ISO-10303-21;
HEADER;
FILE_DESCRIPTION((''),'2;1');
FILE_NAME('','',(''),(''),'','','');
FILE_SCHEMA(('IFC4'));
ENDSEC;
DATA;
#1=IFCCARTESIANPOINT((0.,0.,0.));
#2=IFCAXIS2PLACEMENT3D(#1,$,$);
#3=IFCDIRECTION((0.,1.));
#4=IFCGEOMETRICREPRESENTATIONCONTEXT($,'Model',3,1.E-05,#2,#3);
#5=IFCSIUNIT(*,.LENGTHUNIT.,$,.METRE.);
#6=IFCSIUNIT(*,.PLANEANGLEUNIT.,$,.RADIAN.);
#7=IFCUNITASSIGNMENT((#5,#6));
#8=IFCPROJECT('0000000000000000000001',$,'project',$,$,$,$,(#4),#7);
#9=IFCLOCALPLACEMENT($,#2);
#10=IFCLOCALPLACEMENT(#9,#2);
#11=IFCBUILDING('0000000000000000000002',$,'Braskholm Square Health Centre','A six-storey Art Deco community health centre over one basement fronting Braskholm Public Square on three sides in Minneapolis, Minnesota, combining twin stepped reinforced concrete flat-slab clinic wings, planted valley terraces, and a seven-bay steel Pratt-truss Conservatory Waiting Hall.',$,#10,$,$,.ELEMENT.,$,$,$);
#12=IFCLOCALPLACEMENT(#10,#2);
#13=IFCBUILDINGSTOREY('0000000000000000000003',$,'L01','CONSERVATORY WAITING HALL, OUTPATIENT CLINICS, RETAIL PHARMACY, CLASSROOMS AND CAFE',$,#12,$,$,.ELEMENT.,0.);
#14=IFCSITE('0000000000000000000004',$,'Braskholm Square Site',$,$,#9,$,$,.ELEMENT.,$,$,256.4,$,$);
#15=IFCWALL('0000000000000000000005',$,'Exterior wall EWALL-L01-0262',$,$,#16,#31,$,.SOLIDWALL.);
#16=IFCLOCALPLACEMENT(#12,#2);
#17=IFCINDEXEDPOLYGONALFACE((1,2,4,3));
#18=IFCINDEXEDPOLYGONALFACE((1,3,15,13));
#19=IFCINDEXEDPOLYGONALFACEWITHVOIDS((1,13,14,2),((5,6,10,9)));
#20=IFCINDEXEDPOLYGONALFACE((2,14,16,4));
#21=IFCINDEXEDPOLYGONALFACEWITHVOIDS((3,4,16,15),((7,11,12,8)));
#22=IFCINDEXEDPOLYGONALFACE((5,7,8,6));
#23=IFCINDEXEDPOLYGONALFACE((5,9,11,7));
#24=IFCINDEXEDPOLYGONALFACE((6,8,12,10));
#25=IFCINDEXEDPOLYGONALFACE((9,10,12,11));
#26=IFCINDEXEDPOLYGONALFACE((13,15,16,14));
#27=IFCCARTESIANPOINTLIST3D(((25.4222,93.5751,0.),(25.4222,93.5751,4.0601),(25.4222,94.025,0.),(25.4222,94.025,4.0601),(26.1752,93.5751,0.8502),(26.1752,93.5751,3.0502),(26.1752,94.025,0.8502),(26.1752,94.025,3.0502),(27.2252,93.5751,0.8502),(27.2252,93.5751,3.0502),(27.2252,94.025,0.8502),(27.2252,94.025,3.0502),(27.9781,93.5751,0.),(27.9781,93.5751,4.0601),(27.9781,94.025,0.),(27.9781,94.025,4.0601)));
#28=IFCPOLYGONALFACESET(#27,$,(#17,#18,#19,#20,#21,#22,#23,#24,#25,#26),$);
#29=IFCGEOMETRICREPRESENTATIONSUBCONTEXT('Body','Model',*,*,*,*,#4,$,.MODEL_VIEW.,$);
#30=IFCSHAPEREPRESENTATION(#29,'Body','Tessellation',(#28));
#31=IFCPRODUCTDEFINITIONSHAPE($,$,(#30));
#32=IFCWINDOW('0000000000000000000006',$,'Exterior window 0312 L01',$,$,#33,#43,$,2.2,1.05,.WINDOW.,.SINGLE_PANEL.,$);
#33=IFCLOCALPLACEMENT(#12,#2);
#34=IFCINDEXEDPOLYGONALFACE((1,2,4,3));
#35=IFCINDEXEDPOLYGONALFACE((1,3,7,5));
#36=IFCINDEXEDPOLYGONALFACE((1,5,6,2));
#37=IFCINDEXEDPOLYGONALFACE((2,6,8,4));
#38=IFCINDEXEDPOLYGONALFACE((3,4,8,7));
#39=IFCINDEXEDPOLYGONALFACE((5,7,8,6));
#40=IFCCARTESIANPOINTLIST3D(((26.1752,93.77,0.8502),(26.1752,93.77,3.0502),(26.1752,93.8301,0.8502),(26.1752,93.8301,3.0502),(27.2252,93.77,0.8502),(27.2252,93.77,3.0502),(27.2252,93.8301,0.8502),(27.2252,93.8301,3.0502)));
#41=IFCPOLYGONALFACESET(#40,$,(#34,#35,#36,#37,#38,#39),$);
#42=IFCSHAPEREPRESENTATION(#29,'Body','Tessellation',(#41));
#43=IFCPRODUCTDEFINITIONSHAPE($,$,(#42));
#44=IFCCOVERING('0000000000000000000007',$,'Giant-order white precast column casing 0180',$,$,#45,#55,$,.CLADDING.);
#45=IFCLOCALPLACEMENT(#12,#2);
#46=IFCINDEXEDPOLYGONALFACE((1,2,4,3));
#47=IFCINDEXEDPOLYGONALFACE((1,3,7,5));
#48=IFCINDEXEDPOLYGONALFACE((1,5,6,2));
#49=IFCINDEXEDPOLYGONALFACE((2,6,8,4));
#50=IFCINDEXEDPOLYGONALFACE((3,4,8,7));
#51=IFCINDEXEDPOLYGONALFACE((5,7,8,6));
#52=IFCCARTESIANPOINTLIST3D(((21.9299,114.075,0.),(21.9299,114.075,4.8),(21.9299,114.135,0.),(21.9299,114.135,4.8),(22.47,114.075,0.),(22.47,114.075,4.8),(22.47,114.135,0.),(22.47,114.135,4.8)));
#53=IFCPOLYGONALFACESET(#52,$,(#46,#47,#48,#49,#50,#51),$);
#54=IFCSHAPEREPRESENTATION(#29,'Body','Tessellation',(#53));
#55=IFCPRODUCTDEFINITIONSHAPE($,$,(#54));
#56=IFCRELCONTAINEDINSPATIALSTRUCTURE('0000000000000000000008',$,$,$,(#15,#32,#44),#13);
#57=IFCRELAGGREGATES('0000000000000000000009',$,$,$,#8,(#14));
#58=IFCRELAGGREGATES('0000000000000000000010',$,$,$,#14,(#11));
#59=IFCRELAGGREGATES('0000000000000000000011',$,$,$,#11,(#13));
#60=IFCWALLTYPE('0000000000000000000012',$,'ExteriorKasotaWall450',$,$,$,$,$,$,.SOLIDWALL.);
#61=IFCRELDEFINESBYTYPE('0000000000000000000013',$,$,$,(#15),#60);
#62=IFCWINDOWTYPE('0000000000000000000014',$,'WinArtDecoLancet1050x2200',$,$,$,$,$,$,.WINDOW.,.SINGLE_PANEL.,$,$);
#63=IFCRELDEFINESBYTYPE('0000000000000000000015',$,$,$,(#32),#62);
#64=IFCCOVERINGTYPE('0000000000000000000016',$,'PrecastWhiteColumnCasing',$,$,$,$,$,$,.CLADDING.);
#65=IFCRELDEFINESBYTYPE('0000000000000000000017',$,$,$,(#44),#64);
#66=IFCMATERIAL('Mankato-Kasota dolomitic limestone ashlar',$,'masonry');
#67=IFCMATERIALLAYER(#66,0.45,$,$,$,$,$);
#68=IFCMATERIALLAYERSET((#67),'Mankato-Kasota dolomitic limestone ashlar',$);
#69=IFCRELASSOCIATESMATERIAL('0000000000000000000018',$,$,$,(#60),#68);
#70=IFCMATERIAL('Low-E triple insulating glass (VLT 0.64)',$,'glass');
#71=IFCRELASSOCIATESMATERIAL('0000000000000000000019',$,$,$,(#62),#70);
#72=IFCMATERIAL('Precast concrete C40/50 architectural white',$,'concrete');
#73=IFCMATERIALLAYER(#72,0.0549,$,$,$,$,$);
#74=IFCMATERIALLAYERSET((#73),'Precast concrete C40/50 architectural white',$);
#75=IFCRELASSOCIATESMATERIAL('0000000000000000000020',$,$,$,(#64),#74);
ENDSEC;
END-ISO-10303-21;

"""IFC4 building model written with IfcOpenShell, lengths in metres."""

from ifc_helpers import new_model, si_unit, direction, frame, frame_2d, origin, origin_with_axes, origin_2d, place, context, subcontext, project, spatial, rectangle, extrude, material, layer, layer_set, type_object, element, fill, save


model = new_model("IFC4")

# Units and contexts
model_context = context("Model", 3, precision=1e-05, world=origin(), true_north=direction((0.0, 1.0)))
body_context = subcontext(model_context, "Body", "Model", "MODEL_VIEW")
ifc_project = project(units=[si_unit("LENGTHUNIT", "METRE"), si_unit("PLANEANGLEUNIT", "RADIAN")], contexts=[model_context])

# Site, building, storey
site_placement = place(None, origin())
site = spatial("IfcSite", under=ifc_project, at=site_placement, Name="Braskholm Square Site", CompositionType="ELEMENT", RefElevation=256.4)
building_placement = place(site_placement, origin())
building = spatial("IfcBuilding", under=site, at=building_placement, Name="Braskholm Square Health Centre", Description="A six-storey Art Deco community health centre over one basement fronting Braskholm Public Square on three sides in Minneapolis, Minnesota, combining twin stepped reinforced concrete flat-slab clinic wings, planted valley terraces, and a seven-bay steel Pratt-truss Conservatory Waiting Hall.", CompositionType="ELEMENT")
storey_placement = place(building_placement, origin())
storey = spatial("IfcBuildingStorey", under=building, at=storey_placement, Name="L01", Description="CONSERVATORY WAITING HALL, OUTPATIENT CLINICS, RETAIL PHARMACY, CLASSROOMS AND CAFE", CompositionType="ELEMENT", Elevation=0.0)

# Shared definitions
ifc_material_1 = material(Name="Precast concrete C40/50 architectural white", Category="concrete")

# Wall, opening, window
ifc_material_2 = material(Name="Mankato-Kasota dolomitic limestone ashlar", Category="masonry")
ifc_layer_1 = layer(ifc_material_2, 0.45)
ifc_layer_set_1 = layer_set([ifc_layer_1], Name="Mankato-Kasota dolomitic limestone ashlar")
wall_type = type_object("IfcWallType", Name="ExteriorKasotaWall450", PredefinedType="SOLIDWALL", material=ifc_layer_set_1)
ifc_material_3 = material(Name="Low-E triple insulating glass (VLT 0.64)", Category="glass")
window_type_1 = type_object("IfcWindowType", Name="WinArtDecoLancet1050x2200", PartitioningType="SINGLE_PANEL", PredefinedType="WINDOW", material=ifc_material_3)
wall_1_placement = place(storey_placement, frame((27.978, 93.8, 0.0), z_axis=(0.0, 0.0, 1.0), x_axis=(-1.0, 0.0, 0.0)))
wall_1 = element("IfcWall", 1, at=wall_1_placement, inside=storey, type_object=wall_type, Name="Exterior wall EWALL-L01-0262", PredefinedType="SOLIDWALL", context=body_context, shape_type="SweptSolid", body=[
    extrude(rectangle(XDim=2.5559, YDim=0.45, at=frame_2d((1.2778, 0.0))), origin(), (0.0, 0.0, 1.0), 4.0601),
])
opening_1_placement = place(wall_1_placement, frame((0.7529, 0.0, 0.8501)))
opening_1 = element("IfcOpeningElement", 2, at=opening_1_placement, cuts=wall_1, PredefinedType="OPENING", context=body_context, shape_type="SweptSolid", body=[
    extrude(rectangle(XDim=1.05, YDim=2.2, at=frame_2d((0.5249, 1.1001))), frame((0.0, 0.2349, 0.0), z_axis=(0.0, -1.0, 0.0), x_axis=(1.0, 0.0, 0.0)), (0.0, 0.0, 1.0), 0.47),
])
window_1_placement = place(opening_1_placement, origin_with_axes())
window_1 = element("IfcWindow", 3, at=window_1_placement, inside=storey, type_object=window_type_1, Name="Exterior window 0312 L01", OverallHeight=2.2, OverallWidth=1.05, PartitioningType="SINGLE_PANEL", PredefinedType="WINDOW", context=body_context, shape_type="SweptSolid", body=[
    extrude(rectangle(XDim=1.05, YDim=2.2, at=frame_2d((0.5249, 1.1001))), frame((0.0, 0.03, 0.0), z_axis=(0.0, -1.0, 0.0), x_axis=(1.0, 0.0, 0.0)), (0.0, 0.0, 1.0), 0.0601),
])
fill(opening_1, window_1)

# Covering
ifc_layer_2 = layer(ifc_material_1, 0.0549)
ifc_layer_set_2 = layer_set([ifc_layer_2], Name="Precast concrete C40/50 architectural white")
covering_type = type_object("IfcCoveringType", Name="PrecastWhiteColumnCasing", PredefinedType="CLADDING", material=ifc_layer_set_2)
covering_placement = place(storey_placement, frame((22.2, 114.105, 0.0), z_axis=(0.0, 0.0, 1.0), x_axis=(1.0, 0.0, 0.0)))
element("IfcCovering", 4, at=covering_placement, inside=storey, type_object=covering_type, Name="Giant-order white precast column casing 0180", PredefinedType="CLADDING", context=body_context, shape_type="SweptSolid", body=[
    extrude(rectangle(XDim=0.54, YDim=0.0601, at=origin_2d()), origin(), (0.0, 0.0, 1.0), 4.8),
])

save(model, "model.ifc")
